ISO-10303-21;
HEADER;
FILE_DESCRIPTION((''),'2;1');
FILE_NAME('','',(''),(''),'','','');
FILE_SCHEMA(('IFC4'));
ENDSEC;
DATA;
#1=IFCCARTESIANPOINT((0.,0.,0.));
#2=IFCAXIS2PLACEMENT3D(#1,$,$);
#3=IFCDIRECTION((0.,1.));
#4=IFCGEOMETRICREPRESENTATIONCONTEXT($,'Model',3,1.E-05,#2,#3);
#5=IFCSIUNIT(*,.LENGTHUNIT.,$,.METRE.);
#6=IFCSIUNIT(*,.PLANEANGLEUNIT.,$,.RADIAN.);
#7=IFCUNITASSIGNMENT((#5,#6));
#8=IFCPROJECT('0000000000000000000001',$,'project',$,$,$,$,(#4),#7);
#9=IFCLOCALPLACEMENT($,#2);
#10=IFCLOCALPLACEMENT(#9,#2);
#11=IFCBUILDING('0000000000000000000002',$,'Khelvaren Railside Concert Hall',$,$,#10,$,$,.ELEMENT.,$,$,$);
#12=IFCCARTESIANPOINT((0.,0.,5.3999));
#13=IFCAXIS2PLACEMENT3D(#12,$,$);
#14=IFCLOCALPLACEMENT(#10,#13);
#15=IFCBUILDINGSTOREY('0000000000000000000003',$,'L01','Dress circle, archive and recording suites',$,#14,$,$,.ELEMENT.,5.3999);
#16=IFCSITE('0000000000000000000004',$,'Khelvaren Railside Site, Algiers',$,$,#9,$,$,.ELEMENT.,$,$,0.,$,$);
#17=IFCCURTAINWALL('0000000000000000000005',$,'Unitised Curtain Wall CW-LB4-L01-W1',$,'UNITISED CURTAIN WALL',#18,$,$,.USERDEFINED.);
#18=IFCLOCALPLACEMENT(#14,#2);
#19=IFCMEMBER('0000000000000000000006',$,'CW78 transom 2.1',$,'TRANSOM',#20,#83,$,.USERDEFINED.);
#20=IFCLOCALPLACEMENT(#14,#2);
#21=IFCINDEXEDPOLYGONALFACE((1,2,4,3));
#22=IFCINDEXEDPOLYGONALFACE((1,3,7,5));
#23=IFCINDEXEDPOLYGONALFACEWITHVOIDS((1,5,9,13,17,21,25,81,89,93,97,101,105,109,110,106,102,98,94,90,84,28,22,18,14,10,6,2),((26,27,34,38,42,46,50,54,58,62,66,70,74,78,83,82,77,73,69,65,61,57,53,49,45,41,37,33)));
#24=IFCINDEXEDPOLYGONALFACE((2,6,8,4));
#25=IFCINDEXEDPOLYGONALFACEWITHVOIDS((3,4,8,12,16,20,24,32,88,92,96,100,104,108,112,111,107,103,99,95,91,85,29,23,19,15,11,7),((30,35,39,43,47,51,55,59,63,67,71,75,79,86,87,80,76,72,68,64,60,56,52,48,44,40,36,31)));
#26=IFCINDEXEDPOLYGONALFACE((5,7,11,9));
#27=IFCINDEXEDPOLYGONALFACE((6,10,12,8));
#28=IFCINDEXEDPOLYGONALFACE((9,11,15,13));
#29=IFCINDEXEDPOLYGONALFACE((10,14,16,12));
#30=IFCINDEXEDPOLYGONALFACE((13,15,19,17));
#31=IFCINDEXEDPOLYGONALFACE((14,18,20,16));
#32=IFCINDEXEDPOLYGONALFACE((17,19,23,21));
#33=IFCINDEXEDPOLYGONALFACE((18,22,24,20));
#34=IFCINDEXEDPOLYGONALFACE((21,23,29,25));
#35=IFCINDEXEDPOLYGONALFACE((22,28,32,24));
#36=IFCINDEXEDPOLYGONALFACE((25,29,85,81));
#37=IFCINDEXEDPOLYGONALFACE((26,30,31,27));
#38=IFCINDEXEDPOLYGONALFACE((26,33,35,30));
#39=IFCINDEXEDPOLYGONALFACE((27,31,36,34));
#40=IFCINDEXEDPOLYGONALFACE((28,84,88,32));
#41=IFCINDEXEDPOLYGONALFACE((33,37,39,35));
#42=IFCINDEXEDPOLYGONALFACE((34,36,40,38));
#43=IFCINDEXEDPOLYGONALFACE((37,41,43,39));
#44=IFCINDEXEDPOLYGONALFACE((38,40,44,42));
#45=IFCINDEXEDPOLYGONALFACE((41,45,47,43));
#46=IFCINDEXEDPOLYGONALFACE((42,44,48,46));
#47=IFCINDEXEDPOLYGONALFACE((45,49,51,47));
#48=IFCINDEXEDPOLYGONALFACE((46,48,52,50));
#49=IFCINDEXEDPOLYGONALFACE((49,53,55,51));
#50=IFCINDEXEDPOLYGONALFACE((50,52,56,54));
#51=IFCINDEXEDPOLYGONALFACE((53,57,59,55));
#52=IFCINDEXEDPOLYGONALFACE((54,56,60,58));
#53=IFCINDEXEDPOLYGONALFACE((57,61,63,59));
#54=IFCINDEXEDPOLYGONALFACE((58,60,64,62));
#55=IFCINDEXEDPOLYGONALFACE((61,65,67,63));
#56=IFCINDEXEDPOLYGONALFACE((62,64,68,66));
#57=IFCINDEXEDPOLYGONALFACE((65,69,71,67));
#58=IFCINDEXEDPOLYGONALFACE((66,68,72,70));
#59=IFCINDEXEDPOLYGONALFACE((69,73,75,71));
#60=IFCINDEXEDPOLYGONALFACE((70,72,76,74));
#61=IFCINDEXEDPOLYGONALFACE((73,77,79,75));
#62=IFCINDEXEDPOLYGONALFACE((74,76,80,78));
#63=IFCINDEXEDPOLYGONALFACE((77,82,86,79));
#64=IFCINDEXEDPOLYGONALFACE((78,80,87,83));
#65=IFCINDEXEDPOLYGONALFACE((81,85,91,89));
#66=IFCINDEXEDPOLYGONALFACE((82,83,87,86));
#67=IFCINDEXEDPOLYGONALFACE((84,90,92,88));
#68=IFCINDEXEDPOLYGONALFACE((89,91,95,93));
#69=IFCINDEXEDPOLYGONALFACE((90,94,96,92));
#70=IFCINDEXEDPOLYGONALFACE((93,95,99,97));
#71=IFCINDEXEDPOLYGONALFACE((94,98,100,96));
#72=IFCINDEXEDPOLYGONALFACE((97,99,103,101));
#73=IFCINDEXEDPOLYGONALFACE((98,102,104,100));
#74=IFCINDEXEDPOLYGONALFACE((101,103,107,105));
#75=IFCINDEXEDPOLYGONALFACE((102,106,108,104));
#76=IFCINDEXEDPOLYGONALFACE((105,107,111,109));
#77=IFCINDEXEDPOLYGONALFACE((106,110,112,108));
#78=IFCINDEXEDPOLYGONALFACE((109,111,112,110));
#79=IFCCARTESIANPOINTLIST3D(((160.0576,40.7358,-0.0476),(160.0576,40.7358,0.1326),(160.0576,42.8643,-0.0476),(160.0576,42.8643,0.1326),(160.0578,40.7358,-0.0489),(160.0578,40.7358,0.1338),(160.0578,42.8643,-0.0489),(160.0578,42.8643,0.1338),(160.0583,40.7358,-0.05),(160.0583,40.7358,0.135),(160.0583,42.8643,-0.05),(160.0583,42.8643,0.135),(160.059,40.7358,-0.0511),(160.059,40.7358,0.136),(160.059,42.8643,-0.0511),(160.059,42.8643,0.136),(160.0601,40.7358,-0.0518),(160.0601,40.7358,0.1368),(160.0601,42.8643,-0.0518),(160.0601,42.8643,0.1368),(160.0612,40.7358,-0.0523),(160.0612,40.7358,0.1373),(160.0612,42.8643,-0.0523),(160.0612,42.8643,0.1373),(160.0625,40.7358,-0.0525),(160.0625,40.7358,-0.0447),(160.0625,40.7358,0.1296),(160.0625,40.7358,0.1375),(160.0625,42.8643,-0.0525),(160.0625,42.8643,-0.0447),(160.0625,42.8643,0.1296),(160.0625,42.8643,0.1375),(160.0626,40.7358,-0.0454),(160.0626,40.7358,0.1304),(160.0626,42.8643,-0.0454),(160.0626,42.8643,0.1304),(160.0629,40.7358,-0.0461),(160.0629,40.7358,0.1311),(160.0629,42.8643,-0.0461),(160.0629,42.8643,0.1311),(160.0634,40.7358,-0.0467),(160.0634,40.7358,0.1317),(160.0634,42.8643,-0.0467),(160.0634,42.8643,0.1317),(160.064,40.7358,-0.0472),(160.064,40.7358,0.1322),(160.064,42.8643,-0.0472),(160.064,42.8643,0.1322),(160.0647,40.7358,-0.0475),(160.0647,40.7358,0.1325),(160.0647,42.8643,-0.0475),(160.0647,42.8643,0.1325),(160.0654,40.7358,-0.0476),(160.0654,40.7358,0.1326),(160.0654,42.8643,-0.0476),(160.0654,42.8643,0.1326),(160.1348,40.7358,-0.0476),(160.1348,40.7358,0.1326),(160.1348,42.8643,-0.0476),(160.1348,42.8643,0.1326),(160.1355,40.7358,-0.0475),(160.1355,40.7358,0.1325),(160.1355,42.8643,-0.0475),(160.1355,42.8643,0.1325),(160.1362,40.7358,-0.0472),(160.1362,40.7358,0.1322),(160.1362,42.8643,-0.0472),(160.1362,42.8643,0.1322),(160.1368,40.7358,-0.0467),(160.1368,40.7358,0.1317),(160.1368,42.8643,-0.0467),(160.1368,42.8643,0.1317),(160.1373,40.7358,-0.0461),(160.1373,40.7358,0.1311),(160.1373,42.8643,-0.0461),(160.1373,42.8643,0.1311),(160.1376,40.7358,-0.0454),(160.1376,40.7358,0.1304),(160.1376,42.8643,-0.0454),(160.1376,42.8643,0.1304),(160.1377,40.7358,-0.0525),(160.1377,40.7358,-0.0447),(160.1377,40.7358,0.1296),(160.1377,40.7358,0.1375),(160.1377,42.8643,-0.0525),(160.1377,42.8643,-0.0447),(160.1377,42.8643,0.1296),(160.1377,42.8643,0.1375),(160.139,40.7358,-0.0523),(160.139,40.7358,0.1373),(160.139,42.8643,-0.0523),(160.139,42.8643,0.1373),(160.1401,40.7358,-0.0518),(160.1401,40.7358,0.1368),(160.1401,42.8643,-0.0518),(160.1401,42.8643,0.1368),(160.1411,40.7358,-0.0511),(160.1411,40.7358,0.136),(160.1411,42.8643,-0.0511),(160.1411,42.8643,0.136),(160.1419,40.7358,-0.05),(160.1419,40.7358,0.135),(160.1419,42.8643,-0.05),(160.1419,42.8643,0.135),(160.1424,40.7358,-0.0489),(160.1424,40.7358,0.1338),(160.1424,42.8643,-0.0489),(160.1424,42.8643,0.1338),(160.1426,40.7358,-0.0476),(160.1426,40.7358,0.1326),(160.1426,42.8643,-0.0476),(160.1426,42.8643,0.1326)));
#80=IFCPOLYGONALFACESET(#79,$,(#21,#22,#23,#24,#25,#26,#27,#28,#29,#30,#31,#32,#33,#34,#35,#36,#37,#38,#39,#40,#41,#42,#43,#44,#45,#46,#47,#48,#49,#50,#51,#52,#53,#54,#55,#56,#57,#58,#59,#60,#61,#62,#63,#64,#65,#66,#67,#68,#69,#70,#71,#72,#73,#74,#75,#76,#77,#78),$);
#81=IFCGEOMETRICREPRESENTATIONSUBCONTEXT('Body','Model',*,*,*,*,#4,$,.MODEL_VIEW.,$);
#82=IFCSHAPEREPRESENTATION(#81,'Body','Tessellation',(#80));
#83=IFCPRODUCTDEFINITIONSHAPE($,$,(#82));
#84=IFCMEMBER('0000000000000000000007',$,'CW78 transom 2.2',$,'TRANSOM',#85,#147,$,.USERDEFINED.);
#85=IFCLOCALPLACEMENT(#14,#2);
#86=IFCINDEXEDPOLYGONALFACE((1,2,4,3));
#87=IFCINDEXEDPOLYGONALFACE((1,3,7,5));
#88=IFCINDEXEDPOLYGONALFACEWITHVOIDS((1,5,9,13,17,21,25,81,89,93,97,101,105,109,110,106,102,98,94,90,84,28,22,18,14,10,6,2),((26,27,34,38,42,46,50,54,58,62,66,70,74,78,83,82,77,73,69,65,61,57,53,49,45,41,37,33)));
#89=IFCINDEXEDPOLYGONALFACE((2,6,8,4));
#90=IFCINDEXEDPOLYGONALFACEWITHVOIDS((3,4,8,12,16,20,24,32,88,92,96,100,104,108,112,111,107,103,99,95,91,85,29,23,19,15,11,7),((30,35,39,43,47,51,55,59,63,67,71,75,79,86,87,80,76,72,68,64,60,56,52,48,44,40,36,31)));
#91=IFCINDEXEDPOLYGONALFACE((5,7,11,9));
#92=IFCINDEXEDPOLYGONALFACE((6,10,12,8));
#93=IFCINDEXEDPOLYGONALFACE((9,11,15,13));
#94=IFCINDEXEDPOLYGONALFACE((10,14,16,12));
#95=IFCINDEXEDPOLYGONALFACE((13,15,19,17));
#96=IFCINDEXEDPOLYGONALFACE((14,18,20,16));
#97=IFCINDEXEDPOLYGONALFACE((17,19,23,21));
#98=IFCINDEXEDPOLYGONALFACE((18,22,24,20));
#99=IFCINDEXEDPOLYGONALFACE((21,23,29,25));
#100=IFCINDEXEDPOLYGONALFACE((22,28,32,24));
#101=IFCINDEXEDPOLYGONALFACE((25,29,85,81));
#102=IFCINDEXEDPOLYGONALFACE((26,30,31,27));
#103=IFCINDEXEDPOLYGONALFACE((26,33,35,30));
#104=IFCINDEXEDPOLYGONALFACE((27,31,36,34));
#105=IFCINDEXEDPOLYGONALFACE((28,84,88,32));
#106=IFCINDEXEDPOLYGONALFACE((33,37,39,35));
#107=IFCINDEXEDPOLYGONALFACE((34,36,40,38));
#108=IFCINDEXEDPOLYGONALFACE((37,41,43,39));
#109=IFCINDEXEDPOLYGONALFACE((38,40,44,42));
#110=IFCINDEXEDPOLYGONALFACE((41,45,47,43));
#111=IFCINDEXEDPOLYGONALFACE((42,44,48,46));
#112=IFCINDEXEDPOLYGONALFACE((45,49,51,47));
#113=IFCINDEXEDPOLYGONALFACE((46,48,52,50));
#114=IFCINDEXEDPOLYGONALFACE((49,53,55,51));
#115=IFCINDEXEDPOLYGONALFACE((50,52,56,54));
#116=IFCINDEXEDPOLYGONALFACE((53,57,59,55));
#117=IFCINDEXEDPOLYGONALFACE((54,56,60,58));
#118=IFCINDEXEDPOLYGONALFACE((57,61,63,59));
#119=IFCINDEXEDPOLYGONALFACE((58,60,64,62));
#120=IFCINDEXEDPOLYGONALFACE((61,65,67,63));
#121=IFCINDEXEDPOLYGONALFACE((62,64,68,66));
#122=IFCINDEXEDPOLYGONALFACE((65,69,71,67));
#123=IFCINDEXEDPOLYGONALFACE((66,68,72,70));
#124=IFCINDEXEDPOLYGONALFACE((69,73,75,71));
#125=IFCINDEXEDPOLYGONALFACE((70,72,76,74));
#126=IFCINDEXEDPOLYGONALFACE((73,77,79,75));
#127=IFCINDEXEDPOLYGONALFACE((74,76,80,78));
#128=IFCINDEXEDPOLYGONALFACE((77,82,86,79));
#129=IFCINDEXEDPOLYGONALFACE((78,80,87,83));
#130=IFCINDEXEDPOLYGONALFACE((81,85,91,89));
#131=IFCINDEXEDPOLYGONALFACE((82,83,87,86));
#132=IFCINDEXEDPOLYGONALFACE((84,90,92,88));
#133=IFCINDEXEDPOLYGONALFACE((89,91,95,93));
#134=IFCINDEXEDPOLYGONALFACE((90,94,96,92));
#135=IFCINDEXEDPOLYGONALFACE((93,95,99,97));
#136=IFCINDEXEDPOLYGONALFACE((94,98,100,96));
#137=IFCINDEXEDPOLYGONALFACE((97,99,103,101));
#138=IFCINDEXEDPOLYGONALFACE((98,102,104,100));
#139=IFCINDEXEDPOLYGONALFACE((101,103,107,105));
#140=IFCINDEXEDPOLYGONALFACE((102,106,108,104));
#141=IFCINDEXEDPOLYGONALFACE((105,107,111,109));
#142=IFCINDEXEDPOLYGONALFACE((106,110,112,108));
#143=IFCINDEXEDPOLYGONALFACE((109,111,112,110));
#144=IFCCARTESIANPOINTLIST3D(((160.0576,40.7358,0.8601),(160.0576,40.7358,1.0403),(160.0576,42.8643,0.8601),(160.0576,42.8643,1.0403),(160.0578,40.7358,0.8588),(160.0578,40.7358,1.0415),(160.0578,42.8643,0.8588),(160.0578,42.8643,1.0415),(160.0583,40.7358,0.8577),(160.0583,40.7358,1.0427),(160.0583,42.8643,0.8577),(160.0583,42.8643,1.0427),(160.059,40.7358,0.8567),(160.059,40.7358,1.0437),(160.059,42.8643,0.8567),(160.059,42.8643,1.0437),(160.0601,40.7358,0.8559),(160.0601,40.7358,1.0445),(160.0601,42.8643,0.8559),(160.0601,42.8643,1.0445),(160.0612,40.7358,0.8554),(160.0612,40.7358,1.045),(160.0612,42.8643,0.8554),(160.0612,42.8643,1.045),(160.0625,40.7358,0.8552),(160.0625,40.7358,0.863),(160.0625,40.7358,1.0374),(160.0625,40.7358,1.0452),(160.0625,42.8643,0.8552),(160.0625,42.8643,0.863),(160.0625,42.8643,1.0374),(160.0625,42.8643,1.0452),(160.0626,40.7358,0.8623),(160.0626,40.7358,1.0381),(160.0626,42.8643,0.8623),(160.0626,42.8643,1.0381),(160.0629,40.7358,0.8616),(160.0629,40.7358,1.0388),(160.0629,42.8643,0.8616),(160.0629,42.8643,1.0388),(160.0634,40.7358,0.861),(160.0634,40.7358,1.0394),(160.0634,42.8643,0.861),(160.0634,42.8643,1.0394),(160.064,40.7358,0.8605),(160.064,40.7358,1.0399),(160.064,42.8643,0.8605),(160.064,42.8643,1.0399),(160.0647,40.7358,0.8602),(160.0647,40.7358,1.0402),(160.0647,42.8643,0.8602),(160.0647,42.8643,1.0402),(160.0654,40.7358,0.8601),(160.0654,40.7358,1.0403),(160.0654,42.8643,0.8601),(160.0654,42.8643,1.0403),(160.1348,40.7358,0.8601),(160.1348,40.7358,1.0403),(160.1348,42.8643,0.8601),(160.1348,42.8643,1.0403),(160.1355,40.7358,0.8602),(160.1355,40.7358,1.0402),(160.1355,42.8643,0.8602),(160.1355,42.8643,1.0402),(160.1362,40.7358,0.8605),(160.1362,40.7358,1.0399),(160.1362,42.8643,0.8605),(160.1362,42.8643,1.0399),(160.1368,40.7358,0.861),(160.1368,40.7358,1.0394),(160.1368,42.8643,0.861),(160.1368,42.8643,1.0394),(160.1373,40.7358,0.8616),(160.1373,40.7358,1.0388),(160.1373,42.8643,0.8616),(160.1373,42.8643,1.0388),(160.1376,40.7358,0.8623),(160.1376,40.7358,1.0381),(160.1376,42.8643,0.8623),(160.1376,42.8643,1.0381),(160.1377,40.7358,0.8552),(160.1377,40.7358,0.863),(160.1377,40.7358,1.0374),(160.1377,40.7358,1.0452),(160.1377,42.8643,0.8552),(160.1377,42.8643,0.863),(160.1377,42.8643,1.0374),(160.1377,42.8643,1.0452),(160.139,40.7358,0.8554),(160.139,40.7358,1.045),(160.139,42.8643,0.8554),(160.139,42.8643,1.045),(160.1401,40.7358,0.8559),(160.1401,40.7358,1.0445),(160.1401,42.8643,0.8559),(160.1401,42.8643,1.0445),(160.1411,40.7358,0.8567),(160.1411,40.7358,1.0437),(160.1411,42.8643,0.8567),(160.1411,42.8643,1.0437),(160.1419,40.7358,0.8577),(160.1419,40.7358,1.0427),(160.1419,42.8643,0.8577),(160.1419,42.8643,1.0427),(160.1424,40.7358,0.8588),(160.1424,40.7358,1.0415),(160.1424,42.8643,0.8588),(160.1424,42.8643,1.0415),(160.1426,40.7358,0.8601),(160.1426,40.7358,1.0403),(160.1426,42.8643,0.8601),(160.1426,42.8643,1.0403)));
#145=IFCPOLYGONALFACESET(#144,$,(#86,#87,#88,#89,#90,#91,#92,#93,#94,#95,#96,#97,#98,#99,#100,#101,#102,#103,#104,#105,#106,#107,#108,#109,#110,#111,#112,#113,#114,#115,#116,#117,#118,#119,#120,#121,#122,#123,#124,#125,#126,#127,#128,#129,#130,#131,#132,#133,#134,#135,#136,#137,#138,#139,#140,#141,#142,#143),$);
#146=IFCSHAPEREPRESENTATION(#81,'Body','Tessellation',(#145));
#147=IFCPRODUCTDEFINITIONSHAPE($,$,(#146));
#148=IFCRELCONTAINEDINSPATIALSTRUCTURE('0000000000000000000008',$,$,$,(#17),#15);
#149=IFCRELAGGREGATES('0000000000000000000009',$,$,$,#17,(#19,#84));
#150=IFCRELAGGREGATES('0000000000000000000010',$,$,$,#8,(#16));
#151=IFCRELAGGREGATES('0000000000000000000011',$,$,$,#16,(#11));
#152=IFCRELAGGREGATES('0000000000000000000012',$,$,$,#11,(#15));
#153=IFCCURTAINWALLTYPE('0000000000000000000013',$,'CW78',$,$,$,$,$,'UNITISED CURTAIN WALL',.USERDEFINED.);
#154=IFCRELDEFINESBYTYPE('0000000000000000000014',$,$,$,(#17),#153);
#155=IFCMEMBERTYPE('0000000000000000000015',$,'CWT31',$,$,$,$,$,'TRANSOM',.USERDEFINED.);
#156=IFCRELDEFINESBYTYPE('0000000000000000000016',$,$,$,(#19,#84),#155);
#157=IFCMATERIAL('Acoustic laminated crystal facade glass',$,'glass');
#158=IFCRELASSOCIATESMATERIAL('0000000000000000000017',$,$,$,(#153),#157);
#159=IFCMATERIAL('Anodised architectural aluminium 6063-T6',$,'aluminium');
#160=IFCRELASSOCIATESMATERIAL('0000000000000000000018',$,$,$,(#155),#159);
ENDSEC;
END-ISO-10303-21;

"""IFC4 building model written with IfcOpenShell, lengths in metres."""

from ifc_helpers import new_model, si_unit, direction, frame, origin, origin_2d, place, context, subcontext, project, spatial, hollow_rectangle, extrude, material, material_profile, profile_set, type_object, element, aggregate, save


model = new_model("IFC4")

# Units and contexts
model_context = context("Model", 3, precision=1e-05, world=origin(), true_north=direction((0.0, 1.0)))
body_context = subcontext(model_context, "Body", "Model", "MODEL_VIEW")
ifc_project = project(units=[si_unit("LENGTHUNIT", "METRE"), si_unit("PLANEANGLEUNIT", "RADIAN")], contexts=[model_context])

# Site, building, storey
site_placement = place(None, origin())
site = spatial("IfcSite", under=ifc_project, at=site_placement, Name="Khelvaren Railside Site, Algiers", CompositionType="ELEMENT", RefElevation=0.0)
building_placement = place(site_placement, origin())
building = spatial("IfcBuilding", under=site, at=building_placement, Name="Khelvaren Railside Concert Hall", CompositionType="ELEMENT")
storey_placement = place(building_placement, frame((0.0, 0.0, 5.3999)))
storey = spatial("IfcBuildingStorey", under=building, at=storey_placement, Name="L01", Description="Dress circle, archive and recording suites", CompositionType="ELEMENT", Elevation=5.3999)

# Curtain wall, members
ifc_material_1 = material(Name="Acoustic laminated crystal facade glass", Category="glass")
curtain_wall_type = type_object("IfcCurtainWallType", Name="CW78", ElementType="UNITISED CURTAIN WALL", PredefinedType="USERDEFINED", material=ifc_material_1)
curtain_wall_placement = place(storey_placement, origin())
curtain_wall = element("IfcCurtainWall", 1, at=curtain_wall_placement, inside=storey, type_object=curtain_wall_type, Name="Unitised Curtain Wall CW-LB4-L01-W1", ObjectType="UNITISED CURTAIN WALL", PredefinedType="USERDEFINED")
ifc_material_2 = material(Name="Anodised architectural aluminium 6063-T6", Category="aluminium")
ifc_material_profile_1 = material_profile(ifc_material_2, hollow_rectangle(XDim=0.085, YDim=0.1899, WallThickness=0.0049, InnerFilletRadius=0.0029, OuterFilletRadius=0.0049, at=origin_2d()), Name="CWT 85x190x5")
ifc_profile_set_1 = profile_set([ifc_material_profile_1], Name="Anodised architectural aluminium 6063-T6")
member_type_1 = type_object("IfcMemberType", Name="CWT31", ElementType="TRANSOM", PredefinedType="USERDEFINED", material=ifc_profile_set_1)
member_1_placement = place(storey_placement, frame((160.1001, 40.7358, 0.0425), z_axis=(0.0, 1.0, 0.0), x_axis=(-1.0, 0.0, 0.0)))
member_1 = element("IfcMember", 2, at=member_1_placement, type_object=member_type_1, Name="CW78 transom 2.1", ObjectType="TRANSOM", PredefinedType="USERDEFINED", context=body_context, shape_type="SweptSolid", body=[
    extrude(hollow_rectangle(XDim=0.085, YDim=0.1899, WallThickness=0.0049, InnerFilletRadius=0.0029, OuterFilletRadius=0.0049, at=origin_2d()), origin(), (0.0, 0.0, 1.0), 2.1284),
])
member_2_placement = place(storey_placement, frame((160.1001, 40.7358, 0.9502), z_axis=(0.0, 1.0, 0.0), x_axis=(-1.0, 0.0, 0.0)))
member_2 = element("IfcMember", 3, at=member_2_placement, type_object=member_type_1, Name="CW78 transom 2.2", ObjectType="TRANSOM", PredefinedType="USERDEFINED", context=body_context, shape_type="SweptSolid", body=[
    extrude(hollow_rectangle(XDim=0.085, YDim=0.1899, WallThickness=0.0049, InnerFilletRadius=0.0029, OuterFilletRadius=0.0049, at=origin_2d()), origin(), (0.0, 0.0, 1.0), 2.1284),
])
aggregate(curtain_wall, [member_1, member_2])

save(model, "model.ifc")
